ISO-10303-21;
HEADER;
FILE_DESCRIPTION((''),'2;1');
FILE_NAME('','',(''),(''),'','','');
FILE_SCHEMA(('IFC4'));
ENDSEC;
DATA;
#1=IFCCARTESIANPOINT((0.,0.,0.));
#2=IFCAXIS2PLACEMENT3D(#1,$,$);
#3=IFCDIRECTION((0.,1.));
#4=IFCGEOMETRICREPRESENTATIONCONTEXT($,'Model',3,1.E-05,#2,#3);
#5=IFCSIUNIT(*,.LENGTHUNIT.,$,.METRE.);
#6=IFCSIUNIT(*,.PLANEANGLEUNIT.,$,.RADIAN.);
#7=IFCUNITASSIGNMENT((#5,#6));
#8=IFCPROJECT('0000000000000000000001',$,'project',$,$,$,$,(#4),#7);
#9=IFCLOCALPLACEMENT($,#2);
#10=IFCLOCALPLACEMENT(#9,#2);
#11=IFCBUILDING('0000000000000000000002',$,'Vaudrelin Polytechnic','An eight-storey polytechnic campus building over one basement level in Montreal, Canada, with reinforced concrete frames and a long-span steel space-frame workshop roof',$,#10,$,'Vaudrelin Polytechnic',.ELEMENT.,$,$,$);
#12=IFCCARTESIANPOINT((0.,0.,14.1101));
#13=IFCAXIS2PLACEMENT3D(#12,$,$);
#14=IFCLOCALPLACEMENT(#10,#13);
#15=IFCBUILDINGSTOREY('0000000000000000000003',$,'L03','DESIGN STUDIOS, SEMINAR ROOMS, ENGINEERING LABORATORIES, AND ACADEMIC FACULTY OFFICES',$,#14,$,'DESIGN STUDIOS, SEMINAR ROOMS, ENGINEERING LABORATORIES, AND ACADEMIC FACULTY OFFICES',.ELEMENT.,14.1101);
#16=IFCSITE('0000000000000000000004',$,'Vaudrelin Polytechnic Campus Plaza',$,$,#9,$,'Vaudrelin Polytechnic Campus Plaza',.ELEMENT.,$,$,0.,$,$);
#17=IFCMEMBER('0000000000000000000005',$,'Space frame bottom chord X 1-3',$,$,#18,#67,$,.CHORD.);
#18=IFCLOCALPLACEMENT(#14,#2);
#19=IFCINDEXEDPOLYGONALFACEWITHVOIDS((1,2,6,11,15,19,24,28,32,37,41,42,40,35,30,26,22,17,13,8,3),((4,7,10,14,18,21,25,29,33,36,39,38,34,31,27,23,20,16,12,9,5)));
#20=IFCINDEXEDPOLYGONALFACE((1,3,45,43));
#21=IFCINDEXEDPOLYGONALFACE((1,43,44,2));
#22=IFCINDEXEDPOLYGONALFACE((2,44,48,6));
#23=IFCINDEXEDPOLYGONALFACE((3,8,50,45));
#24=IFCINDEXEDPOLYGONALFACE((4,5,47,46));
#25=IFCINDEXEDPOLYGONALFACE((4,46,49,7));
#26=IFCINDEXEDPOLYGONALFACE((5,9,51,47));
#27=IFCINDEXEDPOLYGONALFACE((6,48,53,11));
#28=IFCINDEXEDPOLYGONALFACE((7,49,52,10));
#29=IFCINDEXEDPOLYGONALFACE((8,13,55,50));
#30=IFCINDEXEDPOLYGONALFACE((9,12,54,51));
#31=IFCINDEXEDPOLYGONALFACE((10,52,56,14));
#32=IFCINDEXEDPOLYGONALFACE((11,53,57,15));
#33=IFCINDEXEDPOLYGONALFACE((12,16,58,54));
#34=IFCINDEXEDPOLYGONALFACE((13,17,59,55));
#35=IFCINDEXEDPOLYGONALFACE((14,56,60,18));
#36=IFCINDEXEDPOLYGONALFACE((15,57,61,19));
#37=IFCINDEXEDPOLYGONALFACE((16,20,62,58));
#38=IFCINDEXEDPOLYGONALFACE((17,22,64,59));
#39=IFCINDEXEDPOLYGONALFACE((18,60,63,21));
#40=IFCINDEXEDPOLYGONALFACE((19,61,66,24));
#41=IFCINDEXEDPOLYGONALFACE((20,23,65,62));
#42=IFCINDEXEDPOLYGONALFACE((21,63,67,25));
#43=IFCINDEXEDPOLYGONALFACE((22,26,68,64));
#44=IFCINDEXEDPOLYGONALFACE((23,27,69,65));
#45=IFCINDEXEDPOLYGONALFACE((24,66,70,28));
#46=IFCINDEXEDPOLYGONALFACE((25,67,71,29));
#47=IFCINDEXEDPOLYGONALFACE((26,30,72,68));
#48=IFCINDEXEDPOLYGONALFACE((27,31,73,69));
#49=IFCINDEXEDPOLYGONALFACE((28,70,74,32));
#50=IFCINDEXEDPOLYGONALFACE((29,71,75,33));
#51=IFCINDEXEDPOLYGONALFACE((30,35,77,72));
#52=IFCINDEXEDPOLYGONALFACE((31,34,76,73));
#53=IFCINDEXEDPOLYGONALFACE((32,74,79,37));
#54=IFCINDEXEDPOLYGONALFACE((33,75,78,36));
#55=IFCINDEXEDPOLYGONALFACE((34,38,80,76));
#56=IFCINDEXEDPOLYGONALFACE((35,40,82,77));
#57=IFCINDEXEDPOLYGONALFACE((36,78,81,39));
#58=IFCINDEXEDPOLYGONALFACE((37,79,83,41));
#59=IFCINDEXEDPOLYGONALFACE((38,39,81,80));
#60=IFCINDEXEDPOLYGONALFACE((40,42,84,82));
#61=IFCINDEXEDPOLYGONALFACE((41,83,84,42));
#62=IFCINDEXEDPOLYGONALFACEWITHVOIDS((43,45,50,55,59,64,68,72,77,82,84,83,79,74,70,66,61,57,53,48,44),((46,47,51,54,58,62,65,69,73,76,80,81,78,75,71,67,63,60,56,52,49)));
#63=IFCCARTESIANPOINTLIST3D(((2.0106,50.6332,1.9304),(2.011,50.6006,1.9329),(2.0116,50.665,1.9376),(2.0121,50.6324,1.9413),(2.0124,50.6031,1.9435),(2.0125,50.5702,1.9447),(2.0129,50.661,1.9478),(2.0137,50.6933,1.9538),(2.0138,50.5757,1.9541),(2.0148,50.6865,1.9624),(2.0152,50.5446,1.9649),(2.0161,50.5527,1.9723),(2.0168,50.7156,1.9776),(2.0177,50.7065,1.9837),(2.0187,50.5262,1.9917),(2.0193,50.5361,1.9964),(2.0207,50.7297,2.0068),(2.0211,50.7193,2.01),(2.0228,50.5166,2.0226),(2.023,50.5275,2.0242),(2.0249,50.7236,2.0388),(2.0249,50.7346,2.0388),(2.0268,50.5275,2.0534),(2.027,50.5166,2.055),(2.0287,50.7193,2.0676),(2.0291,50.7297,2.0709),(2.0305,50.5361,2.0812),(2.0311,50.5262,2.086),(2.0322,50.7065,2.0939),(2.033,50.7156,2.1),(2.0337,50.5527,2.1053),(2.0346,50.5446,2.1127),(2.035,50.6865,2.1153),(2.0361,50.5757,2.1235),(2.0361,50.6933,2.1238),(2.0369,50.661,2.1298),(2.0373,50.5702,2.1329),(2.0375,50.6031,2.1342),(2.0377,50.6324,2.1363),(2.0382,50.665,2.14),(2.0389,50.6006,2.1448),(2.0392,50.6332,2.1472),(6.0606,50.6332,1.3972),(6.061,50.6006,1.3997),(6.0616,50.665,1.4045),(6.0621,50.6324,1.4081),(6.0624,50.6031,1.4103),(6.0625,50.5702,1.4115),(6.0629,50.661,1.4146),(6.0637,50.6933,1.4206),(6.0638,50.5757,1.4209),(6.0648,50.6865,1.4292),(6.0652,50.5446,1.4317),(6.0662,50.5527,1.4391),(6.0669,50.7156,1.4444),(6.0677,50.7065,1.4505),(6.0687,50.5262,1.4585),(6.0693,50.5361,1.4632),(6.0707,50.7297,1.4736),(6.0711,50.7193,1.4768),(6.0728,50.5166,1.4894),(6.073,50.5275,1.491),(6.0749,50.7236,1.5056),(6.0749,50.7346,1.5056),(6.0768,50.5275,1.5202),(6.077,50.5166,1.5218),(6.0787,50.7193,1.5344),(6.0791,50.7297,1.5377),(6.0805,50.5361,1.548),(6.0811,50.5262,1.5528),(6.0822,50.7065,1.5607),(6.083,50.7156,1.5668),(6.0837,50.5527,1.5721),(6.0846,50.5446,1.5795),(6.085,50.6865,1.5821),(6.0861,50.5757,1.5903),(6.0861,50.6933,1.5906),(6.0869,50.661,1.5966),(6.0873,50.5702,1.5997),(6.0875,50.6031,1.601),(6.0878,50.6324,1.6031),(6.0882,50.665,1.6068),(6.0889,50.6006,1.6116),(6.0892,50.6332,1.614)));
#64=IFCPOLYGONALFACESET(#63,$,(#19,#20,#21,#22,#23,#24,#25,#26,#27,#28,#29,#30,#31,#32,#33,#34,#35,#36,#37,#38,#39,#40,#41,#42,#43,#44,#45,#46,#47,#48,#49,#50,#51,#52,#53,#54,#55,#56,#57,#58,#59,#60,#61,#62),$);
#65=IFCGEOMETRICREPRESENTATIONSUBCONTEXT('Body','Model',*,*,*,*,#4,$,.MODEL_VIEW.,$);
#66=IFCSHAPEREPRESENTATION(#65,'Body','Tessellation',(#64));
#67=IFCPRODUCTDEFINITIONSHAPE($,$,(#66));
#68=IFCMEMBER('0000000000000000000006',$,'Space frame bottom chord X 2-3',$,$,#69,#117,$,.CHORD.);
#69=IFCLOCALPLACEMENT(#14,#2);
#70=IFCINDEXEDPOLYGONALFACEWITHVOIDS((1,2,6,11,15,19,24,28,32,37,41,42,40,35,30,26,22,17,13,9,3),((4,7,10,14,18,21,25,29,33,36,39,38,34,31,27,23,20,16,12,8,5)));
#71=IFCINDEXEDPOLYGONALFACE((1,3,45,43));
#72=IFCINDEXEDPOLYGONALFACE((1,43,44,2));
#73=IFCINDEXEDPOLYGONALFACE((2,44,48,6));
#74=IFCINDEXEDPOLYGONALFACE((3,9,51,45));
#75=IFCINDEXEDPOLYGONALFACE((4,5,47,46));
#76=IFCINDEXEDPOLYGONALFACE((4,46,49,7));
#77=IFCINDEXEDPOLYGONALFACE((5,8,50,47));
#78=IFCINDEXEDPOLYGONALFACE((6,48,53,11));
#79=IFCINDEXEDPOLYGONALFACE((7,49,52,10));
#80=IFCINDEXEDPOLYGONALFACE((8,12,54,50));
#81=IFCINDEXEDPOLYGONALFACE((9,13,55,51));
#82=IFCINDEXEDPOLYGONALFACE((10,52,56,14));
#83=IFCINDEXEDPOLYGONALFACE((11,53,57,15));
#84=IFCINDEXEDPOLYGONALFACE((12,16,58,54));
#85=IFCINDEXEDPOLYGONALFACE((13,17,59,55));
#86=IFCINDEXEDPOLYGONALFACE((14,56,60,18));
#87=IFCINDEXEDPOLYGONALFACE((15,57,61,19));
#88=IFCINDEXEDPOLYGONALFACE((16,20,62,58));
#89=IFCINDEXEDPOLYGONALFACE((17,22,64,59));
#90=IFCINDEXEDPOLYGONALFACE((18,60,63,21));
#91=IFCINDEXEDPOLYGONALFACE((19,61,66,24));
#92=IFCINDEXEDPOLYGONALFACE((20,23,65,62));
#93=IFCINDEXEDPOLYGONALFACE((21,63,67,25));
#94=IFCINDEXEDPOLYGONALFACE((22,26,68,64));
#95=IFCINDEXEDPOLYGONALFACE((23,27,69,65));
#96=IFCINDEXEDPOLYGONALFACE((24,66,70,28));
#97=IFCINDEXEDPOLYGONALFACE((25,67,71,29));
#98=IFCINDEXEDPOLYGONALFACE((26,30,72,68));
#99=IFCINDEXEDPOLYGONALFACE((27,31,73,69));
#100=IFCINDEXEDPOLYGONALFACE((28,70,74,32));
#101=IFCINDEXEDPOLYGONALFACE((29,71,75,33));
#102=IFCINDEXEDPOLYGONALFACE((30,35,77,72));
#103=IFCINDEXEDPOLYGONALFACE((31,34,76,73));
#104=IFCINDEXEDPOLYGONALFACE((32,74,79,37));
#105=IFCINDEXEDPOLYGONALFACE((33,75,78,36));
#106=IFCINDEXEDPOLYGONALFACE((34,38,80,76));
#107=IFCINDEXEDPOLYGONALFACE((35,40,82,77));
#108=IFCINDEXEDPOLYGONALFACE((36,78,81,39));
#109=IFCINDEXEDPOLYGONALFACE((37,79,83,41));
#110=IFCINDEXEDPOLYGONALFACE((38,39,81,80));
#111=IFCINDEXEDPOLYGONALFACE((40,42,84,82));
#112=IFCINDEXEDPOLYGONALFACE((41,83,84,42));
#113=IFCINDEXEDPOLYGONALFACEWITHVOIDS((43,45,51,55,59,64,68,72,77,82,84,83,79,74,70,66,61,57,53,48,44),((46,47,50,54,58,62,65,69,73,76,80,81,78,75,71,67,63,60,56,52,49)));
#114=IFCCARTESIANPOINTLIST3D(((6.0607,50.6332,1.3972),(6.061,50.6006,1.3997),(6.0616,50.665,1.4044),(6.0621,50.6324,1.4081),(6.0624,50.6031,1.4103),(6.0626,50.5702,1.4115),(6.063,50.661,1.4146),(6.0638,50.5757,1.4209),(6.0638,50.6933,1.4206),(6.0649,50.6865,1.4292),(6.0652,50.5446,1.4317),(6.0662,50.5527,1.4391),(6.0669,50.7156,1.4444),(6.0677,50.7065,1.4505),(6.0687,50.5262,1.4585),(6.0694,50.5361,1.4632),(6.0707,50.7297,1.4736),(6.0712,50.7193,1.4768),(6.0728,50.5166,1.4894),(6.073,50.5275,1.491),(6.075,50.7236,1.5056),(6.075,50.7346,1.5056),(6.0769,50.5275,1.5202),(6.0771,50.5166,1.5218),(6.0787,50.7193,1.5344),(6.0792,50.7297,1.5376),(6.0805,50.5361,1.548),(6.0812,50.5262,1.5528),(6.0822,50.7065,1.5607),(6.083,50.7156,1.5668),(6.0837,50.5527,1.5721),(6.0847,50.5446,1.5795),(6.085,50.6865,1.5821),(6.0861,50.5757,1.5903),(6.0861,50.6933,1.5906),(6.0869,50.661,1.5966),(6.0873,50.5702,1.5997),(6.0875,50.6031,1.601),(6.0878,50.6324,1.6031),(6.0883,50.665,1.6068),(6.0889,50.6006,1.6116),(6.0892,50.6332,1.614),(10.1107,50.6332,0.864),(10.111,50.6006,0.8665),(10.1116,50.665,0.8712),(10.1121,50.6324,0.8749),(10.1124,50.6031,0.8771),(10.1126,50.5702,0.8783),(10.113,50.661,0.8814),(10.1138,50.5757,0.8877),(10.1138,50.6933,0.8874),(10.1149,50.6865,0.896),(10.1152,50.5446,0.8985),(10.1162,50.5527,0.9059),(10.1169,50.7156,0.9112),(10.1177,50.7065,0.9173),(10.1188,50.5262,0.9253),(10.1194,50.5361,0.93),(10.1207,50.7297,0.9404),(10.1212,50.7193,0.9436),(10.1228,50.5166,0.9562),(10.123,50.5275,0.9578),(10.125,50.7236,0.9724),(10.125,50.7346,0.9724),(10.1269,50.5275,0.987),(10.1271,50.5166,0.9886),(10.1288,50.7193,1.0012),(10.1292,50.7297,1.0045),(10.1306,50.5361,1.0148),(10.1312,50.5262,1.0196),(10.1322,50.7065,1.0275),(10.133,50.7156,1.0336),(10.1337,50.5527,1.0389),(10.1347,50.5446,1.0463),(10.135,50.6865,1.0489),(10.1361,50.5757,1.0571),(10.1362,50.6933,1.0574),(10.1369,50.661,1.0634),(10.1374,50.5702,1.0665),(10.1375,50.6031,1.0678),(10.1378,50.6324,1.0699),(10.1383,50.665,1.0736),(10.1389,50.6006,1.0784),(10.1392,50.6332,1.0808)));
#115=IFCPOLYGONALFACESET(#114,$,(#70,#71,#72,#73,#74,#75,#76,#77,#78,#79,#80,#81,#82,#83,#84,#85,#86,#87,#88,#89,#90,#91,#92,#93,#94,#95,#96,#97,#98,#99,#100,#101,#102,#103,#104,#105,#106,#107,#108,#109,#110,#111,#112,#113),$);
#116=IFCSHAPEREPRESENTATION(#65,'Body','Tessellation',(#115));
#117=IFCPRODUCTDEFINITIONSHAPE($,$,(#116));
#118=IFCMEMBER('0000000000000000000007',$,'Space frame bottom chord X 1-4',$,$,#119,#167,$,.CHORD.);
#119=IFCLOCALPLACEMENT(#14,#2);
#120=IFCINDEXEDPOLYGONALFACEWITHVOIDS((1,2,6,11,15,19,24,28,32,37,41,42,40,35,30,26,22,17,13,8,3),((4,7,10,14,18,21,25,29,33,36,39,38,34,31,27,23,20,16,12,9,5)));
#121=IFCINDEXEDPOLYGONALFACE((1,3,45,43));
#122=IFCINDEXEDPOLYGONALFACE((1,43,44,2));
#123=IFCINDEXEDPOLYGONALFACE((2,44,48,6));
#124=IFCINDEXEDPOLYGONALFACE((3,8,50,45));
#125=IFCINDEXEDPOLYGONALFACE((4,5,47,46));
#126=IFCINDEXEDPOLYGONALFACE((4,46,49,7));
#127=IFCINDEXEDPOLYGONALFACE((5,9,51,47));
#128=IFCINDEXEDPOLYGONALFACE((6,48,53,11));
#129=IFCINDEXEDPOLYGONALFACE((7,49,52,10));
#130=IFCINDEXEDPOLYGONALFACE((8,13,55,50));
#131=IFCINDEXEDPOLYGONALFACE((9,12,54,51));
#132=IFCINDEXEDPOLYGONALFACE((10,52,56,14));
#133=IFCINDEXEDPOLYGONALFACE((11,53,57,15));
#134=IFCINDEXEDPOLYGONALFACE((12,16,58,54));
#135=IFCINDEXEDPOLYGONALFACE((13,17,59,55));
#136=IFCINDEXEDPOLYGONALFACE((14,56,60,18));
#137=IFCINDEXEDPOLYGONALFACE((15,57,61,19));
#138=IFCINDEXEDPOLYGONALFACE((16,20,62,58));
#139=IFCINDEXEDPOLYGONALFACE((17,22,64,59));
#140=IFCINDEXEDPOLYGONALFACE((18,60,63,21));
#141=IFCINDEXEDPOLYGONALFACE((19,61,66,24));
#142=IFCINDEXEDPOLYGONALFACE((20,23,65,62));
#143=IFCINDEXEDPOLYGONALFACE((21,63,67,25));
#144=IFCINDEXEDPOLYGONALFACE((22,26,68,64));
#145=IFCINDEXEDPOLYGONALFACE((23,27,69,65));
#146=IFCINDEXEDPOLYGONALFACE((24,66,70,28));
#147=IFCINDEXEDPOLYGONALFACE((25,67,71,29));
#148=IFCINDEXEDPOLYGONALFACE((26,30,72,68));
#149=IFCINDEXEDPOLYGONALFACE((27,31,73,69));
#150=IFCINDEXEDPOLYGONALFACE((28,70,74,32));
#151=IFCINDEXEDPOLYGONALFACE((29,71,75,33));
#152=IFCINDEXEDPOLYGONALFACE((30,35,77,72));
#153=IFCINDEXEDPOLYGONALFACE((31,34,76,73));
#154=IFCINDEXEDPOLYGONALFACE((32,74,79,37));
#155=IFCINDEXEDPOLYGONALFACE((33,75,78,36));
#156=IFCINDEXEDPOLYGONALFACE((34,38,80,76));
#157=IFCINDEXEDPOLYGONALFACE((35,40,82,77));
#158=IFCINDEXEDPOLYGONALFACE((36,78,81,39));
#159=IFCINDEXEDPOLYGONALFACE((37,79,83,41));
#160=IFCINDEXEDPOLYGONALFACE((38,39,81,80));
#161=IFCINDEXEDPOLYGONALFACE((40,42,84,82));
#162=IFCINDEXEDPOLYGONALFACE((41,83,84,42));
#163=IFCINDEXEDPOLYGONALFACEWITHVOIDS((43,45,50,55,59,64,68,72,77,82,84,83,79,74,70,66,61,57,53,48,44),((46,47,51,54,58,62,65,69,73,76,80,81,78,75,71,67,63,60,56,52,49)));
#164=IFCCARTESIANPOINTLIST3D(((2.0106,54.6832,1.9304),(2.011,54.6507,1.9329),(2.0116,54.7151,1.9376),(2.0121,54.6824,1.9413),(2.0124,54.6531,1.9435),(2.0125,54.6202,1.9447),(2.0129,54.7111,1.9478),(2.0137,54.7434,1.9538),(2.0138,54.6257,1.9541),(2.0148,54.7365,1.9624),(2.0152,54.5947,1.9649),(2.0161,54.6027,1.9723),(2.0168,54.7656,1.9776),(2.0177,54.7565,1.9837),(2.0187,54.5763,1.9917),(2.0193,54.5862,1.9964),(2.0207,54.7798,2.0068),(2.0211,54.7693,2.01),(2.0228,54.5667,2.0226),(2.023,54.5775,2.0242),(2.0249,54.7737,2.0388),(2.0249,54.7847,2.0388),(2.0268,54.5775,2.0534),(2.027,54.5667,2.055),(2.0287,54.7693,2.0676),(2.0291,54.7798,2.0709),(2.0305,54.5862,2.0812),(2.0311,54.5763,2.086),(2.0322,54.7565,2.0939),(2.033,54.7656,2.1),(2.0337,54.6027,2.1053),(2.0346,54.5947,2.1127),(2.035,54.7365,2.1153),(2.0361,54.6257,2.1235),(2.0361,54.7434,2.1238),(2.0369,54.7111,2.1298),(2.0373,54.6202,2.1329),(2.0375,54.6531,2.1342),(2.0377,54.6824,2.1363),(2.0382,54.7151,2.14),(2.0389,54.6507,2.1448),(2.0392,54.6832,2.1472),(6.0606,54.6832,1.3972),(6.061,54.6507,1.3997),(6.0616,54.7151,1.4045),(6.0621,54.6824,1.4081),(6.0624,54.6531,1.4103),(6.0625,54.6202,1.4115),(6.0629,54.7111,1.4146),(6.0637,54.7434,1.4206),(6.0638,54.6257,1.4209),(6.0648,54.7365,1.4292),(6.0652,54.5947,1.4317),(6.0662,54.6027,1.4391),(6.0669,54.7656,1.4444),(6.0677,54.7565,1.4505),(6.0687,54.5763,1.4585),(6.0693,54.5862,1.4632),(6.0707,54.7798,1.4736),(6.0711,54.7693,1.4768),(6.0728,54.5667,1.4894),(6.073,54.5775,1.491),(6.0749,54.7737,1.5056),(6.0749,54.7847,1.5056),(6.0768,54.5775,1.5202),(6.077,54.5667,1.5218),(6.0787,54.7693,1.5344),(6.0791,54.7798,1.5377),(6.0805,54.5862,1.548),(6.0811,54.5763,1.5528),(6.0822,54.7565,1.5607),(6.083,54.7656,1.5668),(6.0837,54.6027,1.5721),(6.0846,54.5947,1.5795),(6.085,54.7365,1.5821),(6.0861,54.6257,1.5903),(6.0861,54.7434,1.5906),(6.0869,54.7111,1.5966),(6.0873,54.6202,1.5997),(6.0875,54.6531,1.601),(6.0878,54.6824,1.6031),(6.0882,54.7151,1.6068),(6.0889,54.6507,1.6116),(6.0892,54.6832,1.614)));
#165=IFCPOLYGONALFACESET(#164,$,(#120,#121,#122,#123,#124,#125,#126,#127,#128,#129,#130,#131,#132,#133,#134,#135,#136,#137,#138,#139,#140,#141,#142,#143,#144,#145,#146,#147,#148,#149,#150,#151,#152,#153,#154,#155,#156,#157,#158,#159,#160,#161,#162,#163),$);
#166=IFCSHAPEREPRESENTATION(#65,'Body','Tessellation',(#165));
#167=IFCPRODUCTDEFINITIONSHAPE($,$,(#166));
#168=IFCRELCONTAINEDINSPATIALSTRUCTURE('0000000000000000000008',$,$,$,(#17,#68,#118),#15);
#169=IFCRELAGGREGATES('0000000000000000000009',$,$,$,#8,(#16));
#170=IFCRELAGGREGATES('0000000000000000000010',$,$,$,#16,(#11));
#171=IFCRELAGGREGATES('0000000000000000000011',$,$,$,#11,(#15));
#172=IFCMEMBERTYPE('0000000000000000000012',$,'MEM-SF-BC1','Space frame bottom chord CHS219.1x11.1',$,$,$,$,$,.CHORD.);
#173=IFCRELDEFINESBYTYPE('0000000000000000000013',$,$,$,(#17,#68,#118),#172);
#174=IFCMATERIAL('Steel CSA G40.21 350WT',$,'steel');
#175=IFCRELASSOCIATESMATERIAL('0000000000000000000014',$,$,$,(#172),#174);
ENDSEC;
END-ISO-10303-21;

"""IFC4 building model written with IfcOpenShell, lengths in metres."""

from ifc_helpers import new_model, si_unit, direction, frame, origin, origin_2d, place, context, subcontext, project, spatial, hollow_circle, extrude, material, material_profile, profile_set, type_object, element, save


model = new_model("IFC4")

# Units and contexts
model_context = context("Model", 3, precision=1e-05, world=origin(), true_north=direction((0.0, 1.0)))
body_context = subcontext(model_context, "Body", "Model", "MODEL_VIEW")
ifc_project = project(units=[si_unit("LENGTHUNIT", "METRE"), si_unit("PLANEANGLEUNIT", "RADIAN")], contexts=[model_context])

# Site, building, storey
site_placement = place(None, origin())
site = spatial("IfcSite", under=ifc_project, at=site_placement, Name="Vaudrelin Polytechnic Campus Plaza", LongName="Vaudrelin Polytechnic Campus Plaza", CompositionType="ELEMENT", RefElevation=0.0)
building_placement = place(site_placement, origin())
building = spatial("IfcBuilding", under=site, at=building_placement, Name="Vaudrelin Polytechnic", Description="An eight-storey polytechnic campus building over one basement level in Montreal, Canada, with reinforced concrete frames and a long-span steel space-frame workshop roof", LongName="Vaudrelin Polytechnic", CompositionType="ELEMENT")
storey_placement = place(building_placement, frame((0.0, 0.0, 14.1101)))
storey = spatial("IfcBuildingStorey", under=building, at=storey_placement, Name="L03", Description="DESIGN STUDIOS, SEMINAR ROOMS, ENGINEERING LABORATORIES, AND ACADEMIC FACULTY OFFICES", LongName="DESIGN STUDIOS, SEMINAR ROOMS, ENGINEERING LABORATORIES, AND ACADEMIC FACULTY OFFICES", CompositionType="ELEMENT", Elevation=14.1101)

# Members
ifc_material_1 = material(Name="Steel CSA G40.21 350WT", Category="steel")
ifc_material_profile_1 = material_profile(ifc_material_1, hollow_circle(Radius=0.1096, WallThickness=0.011, at=origin_2d()), Name="CHS219.1x11.1")
ifc_profile_set_1 = profile_set([ifc_material_profile_1], Name="Steel CSA G40.21 350WT")
member_type_1 = type_object("IfcMemberType", Name="MEM-SF-BC1", Description="Space frame bottom chord CHS219.1x11.1", PredefinedType="CHORD", material=ifc_profile_set_1)
for number, where, z_axis, x_axis, name in (
    (1, (2.0249, 50.625, 2.0388), (0.991445, 0.0, -0.130527), (0.0, 1.0, 0.0), "Space frame bottom chord X 1-3"),
    (2, (6.075, 50.625, 1.5056), (0.991445, 0.0, -0.130527), (0.0, 1.0, 0.0), "Space frame bottom chord X 2-3"),
    (3, (2.0249, 54.675, 2.0388), (0.991445, 0.0, -0.130527), (0.0, 1.0, 0.0), "Space frame bottom chord X 1-4"),
):
    element("IfcMember", number, at=place(storey_placement, frame(where, z_axis=z_axis, x_axis=x_axis)), inside=storey, type_object=member_type_1, Name=name, PredefinedType="CHORD", context=body_context, shape_type="SweptSolid", body=[
        extrude(hollow_circle(Radius=0.1096, WallThickness=0.011, at=origin_2d()), origin(), (0.0, 0.0, 1.0), 4.085),
    ])

save(model, "model.ifc")
